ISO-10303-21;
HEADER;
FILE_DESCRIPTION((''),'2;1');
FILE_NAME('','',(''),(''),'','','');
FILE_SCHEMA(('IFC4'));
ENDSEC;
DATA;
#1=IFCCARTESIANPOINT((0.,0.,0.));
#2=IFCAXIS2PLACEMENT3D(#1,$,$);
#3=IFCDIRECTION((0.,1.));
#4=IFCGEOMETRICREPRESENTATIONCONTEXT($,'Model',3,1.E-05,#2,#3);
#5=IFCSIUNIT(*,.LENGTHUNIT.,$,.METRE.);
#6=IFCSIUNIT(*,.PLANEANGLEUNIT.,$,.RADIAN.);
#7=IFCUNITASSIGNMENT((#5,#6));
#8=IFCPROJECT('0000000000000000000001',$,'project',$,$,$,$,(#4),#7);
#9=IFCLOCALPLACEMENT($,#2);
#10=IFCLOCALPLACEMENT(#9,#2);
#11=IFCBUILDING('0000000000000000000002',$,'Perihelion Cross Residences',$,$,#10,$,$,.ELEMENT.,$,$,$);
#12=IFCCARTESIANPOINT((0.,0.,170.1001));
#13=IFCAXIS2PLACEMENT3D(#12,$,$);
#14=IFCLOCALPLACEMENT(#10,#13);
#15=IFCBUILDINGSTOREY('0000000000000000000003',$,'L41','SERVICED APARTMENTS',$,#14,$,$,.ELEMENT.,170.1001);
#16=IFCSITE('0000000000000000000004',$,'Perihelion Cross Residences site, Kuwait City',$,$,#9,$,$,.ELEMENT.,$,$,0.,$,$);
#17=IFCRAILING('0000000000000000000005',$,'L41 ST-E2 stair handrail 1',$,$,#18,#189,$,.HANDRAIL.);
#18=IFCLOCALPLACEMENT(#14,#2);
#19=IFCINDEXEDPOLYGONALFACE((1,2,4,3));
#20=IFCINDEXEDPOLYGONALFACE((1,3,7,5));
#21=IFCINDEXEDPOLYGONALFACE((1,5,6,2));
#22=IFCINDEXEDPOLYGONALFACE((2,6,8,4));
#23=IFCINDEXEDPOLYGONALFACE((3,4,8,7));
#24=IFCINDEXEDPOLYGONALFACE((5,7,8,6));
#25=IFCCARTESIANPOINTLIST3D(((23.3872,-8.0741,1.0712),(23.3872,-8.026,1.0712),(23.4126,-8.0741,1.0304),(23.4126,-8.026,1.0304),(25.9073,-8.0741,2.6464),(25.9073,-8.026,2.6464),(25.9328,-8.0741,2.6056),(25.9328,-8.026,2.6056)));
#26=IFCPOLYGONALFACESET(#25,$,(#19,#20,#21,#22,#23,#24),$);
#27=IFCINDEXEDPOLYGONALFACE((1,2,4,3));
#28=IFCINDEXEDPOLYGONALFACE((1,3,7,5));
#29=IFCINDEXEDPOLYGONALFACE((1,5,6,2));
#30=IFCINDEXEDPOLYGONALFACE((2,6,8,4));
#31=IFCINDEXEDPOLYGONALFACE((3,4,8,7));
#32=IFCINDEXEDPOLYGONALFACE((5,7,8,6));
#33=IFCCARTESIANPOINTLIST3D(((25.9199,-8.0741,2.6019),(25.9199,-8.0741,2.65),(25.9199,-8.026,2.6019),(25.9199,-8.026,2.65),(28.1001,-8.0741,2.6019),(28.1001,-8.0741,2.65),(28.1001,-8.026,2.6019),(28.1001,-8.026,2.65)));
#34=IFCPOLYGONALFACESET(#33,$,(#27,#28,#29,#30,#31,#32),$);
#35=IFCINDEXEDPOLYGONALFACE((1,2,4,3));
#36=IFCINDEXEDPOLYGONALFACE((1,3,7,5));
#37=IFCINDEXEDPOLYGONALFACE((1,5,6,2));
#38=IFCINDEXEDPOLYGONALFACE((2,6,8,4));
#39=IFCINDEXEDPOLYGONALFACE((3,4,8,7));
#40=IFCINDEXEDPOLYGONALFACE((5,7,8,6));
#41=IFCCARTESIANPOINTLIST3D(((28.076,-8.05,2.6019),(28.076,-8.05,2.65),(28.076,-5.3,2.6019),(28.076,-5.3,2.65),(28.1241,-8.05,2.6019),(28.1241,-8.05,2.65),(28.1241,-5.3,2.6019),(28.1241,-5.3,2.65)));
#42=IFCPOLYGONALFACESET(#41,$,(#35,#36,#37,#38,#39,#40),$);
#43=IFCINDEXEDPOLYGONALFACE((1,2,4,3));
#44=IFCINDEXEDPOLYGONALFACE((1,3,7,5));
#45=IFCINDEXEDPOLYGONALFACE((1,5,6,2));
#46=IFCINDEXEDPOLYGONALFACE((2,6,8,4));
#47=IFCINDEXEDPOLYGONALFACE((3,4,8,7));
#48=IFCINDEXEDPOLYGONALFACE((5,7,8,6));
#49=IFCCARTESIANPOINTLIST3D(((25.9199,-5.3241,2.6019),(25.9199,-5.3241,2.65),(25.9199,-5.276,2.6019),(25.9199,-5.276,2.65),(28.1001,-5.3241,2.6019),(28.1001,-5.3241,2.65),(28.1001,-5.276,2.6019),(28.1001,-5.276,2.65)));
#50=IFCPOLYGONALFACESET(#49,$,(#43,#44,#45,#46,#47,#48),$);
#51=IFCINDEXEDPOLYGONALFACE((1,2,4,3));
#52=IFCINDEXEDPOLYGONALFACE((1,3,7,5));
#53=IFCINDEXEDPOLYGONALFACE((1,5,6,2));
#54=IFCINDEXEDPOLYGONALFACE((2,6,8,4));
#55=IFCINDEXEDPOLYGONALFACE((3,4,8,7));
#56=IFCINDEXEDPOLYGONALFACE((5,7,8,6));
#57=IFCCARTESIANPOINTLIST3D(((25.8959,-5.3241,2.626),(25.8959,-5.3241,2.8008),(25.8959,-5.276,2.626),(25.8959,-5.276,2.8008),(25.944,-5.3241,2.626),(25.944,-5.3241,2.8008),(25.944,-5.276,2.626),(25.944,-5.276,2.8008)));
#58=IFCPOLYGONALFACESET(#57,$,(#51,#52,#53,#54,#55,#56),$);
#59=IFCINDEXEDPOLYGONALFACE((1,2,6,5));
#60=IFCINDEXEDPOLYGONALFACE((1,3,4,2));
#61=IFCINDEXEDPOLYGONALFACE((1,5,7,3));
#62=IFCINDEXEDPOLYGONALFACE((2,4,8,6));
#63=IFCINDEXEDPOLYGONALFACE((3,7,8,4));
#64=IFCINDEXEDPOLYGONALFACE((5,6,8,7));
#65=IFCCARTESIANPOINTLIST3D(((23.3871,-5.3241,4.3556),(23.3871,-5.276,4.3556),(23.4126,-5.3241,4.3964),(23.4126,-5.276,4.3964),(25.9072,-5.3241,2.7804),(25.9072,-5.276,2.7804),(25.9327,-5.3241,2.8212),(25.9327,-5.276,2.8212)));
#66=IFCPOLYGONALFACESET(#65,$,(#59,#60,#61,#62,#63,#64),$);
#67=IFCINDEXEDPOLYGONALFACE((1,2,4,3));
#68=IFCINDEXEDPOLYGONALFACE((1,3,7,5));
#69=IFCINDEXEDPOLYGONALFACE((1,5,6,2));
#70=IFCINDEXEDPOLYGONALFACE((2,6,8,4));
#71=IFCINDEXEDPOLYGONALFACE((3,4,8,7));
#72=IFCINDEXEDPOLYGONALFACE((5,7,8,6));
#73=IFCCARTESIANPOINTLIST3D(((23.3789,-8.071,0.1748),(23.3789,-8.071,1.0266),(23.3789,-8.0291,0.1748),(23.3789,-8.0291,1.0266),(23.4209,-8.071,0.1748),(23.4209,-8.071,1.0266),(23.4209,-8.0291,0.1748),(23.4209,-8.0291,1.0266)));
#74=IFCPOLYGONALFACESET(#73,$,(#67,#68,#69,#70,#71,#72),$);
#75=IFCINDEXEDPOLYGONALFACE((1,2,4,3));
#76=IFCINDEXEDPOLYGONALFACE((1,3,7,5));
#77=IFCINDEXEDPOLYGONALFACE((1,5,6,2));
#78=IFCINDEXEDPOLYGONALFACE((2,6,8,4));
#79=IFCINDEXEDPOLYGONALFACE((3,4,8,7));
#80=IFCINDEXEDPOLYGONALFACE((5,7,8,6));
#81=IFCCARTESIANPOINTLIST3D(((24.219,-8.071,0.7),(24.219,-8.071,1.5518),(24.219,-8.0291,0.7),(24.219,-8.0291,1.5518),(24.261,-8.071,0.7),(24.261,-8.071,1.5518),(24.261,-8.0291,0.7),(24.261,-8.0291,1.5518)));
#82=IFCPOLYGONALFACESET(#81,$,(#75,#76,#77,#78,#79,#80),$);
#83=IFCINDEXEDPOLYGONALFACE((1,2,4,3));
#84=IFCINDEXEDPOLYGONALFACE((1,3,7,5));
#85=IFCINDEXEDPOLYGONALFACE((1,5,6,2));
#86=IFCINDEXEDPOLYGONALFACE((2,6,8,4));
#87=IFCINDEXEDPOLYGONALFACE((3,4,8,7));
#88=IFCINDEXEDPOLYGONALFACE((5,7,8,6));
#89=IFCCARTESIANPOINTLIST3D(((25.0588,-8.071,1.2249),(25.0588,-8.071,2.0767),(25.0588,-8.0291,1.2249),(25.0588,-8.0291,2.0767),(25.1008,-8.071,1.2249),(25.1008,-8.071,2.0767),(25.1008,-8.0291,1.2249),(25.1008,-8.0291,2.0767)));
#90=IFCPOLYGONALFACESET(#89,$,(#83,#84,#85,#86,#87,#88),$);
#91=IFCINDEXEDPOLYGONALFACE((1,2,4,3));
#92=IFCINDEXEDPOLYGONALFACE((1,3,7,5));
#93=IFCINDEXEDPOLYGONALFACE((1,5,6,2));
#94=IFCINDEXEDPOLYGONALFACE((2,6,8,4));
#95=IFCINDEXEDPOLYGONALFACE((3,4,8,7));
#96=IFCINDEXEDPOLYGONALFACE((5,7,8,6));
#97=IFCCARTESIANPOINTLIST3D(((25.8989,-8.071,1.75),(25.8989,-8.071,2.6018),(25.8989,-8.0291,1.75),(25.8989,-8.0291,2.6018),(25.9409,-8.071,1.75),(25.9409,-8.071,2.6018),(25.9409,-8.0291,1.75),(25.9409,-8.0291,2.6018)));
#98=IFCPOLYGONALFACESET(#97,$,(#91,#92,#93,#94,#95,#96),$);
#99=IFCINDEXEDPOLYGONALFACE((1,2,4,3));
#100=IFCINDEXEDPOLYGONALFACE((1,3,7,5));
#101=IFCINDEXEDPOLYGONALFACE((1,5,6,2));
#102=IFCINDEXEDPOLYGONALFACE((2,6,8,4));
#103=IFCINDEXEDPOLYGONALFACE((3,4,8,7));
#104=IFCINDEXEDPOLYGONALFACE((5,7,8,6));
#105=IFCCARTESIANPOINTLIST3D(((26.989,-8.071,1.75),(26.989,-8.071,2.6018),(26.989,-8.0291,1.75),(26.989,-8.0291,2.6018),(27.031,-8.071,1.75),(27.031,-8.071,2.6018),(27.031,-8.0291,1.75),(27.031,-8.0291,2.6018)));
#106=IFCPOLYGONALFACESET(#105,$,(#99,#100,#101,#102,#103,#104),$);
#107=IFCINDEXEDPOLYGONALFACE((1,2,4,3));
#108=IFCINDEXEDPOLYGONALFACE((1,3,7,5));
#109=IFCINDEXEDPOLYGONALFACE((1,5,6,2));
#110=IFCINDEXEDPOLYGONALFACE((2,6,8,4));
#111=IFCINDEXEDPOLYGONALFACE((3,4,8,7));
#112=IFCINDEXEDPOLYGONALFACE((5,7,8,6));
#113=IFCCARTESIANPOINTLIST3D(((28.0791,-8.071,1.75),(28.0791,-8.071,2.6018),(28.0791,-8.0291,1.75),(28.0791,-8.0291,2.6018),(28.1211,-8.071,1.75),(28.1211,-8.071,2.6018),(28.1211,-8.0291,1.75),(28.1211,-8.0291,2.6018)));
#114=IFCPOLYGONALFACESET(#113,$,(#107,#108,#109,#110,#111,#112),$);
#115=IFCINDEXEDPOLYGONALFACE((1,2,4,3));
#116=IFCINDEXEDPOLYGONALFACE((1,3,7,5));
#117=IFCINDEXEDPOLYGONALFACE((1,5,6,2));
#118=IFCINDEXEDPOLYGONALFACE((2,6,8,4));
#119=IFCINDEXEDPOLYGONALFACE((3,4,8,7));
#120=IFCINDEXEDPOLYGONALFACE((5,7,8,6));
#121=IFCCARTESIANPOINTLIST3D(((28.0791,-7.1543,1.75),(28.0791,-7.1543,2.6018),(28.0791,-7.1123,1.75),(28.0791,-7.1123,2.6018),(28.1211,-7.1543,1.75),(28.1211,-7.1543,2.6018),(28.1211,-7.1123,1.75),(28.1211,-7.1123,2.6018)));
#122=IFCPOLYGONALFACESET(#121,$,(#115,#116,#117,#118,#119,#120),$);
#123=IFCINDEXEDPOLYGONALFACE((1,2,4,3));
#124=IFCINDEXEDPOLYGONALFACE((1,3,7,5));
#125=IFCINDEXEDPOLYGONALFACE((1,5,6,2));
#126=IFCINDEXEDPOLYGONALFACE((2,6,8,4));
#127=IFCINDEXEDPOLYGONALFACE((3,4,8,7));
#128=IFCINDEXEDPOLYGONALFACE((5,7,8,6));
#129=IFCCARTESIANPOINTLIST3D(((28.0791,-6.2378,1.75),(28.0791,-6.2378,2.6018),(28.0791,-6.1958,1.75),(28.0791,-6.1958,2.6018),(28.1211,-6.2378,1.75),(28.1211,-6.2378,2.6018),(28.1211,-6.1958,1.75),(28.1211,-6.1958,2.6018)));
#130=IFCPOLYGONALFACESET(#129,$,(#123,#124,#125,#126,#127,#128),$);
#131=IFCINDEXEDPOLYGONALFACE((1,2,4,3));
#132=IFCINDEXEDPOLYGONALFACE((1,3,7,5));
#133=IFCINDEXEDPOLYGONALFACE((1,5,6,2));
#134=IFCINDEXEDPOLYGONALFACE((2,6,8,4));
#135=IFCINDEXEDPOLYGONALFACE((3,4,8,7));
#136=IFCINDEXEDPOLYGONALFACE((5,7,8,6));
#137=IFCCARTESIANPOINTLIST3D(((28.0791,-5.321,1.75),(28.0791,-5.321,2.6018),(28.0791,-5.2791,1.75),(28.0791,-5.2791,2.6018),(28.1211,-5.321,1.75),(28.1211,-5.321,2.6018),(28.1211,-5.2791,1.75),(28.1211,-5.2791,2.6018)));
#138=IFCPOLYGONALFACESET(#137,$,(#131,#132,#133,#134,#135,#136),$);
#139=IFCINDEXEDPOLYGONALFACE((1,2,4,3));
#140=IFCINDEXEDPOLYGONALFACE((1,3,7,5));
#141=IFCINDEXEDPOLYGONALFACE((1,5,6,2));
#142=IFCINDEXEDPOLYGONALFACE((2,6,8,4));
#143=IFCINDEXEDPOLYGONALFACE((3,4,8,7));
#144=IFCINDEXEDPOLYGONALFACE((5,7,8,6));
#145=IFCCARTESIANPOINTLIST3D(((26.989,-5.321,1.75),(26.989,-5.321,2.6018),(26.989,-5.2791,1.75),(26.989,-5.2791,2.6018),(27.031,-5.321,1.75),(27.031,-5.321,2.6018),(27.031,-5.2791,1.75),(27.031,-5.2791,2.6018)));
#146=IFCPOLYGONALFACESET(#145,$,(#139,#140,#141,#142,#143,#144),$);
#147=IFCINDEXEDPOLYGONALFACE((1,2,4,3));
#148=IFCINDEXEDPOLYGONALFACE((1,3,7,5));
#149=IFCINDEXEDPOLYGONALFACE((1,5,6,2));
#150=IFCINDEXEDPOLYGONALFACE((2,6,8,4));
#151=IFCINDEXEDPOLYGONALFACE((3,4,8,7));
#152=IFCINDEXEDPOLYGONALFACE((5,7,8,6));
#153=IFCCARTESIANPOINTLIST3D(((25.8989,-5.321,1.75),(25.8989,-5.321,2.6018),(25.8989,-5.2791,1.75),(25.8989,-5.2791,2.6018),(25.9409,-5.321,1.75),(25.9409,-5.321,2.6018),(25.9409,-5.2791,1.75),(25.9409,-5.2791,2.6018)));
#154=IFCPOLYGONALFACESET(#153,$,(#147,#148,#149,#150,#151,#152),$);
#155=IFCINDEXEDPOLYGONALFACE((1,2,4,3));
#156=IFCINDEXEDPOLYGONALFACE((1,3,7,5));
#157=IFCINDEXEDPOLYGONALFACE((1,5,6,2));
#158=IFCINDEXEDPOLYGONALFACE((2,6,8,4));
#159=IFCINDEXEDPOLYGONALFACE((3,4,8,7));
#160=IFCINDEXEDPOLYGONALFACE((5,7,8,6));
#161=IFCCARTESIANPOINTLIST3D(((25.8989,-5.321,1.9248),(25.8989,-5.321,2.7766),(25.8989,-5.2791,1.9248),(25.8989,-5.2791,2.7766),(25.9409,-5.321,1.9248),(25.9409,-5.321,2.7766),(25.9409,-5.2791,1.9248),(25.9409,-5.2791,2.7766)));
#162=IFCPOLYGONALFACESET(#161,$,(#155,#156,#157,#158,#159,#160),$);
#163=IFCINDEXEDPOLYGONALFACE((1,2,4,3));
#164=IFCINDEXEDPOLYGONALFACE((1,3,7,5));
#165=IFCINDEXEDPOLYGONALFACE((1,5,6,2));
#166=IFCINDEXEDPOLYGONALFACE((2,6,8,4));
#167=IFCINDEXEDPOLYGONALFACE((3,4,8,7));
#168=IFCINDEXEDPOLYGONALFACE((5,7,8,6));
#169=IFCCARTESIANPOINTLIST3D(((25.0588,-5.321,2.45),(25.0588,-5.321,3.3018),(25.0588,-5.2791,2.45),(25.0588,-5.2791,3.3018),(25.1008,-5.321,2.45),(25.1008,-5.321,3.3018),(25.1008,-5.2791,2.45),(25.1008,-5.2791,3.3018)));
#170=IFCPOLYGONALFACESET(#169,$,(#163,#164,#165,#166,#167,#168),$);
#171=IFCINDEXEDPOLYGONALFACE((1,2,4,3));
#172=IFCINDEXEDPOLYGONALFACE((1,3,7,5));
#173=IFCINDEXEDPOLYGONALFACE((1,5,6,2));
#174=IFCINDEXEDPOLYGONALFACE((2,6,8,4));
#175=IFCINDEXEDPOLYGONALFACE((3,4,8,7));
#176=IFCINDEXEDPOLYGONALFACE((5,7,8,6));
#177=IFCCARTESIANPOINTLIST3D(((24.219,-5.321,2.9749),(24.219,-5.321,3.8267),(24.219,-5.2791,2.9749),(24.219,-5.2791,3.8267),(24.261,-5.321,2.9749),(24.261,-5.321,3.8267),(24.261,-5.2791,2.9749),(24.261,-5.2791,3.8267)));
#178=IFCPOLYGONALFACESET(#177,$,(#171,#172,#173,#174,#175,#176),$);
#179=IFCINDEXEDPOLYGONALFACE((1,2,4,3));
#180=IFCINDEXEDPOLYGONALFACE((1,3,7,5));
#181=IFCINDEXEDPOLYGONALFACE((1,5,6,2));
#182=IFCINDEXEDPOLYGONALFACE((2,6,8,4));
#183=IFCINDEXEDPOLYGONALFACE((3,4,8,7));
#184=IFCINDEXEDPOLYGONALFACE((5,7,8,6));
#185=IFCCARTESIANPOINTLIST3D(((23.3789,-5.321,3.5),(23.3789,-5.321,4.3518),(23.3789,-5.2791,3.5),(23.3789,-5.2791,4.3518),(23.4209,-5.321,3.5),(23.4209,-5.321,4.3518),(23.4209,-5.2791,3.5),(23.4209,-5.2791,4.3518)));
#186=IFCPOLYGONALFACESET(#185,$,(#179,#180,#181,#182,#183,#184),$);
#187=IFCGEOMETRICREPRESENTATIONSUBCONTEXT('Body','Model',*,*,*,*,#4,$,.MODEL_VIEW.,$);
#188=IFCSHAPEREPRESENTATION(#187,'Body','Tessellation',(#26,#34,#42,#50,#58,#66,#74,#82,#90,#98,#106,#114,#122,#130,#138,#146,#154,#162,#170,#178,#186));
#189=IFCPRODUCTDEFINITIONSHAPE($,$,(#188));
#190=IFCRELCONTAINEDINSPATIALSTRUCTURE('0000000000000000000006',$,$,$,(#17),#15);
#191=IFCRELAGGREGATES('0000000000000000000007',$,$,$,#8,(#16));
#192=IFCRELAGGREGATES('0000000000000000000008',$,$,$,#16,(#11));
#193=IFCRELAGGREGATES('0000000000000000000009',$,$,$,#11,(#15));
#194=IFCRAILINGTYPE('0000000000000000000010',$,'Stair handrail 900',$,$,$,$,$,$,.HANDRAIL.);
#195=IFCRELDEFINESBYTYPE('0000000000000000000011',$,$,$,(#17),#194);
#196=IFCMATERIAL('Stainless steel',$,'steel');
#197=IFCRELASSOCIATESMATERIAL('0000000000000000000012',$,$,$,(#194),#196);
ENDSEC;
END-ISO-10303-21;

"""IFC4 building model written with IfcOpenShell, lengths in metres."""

from ifc_helpers import new_model, si_unit, direction, frame, origin, origin_2d, place, context, subcontext, project, spatial, rectangle, extrude, material, type_object, element, save


model = new_model("IFC4")

# Units and contexts
model_context = context("Model", 3, precision=1e-05, world=origin(), true_north=direction((0.0, 1.0)))
body_context = subcontext(model_context, "Body", "Model", "MODEL_VIEW")
ifc_project = project(units=[si_unit("LENGTHUNIT", "METRE"), si_unit("PLANEANGLEUNIT", "RADIAN")], contexts=[model_context])

# Site, building, storey
site_placement = place(None, origin())
site = spatial("IfcSite", under=ifc_project, at=site_placement, Name="Perihelion Cross Residences site, Kuwait City", CompositionType="ELEMENT", RefElevation=0.0)
building_placement = place(site_placement, origin())
building = spatial("IfcBuilding", under=site, at=building_placement, Name="Perihelion Cross Residences", CompositionType="ELEMENT")
storey_placement = place(building_placement, frame((0.0, 0.0, 170.1001)))
storey = spatial("IfcBuildingStorey", under=building, at=storey_placement, Name="L41", Description="SERVICED APARTMENTS", CompositionType="ELEMENT", Elevation=170.1001)

# Railing
ifc_material_1 = material(Name="Stainless steel", Category="steel")
railing_type_1 = type_object("IfcRailingType", Name="Stair handrail 900", PredefinedType="HANDRAIL", material=ifc_material_1)
railing_1_placement = place(storey_placement, frame((23.3999, -8.05, 0.1748)))
element("IfcRailing", 1, at=railing_1_placement, inside=storey, type_object=railing_type_1, Name="L41 ST-E2 stair handrail 1", PredefinedType="HANDRAIL", context=body_context, shape_type="SweptSolid", body=[
    extrude(rectangle(XDim=0.0481, YDim=0.0481, at=origin_2d()), frame((0.0, 0.0, 0.876), z_axis=(0.847971, 0.0, 0.530043), x_axis=(0.0, 1.0, 0.0)), (0.0, 0.0, 1.0), 2.9719),
    extrude(rectangle(XDim=0.0481, YDim=0.0481, at=origin_2d()), frame((2.52, 0.0, 2.4512), z_axis=(1.0, 0.0, 0.0), x_axis=(0.0, 1.0, 0.0)), (0.0, 0.0, 1.0), 2.1802),
    extrude(rectangle(XDim=0.0481, YDim=0.0481, at=origin_2d()), frame((4.7002, 0.0, 2.4512), z_axis=(0.0, 1.0, 0.0), x_axis=(-1.0, 0.0, 0.0)), (0.0, 0.0, 1.0), 2.75),
    extrude(rectangle(XDim=0.0481, YDim=0.0481, at=origin_2d()), frame((4.7002, 2.75, 2.4512), z_axis=(-1.0, 0.0, 0.0), x_axis=(0.0, -1.0, 0.0)), (0.0, 0.0, 1.0), 2.1802),
    extrude(rectangle(XDim=0.0481, YDim=0.0481, at=origin_2d()), frame((2.52, 2.75, 2.4512), z_axis=(0.0, 0.0, 1.0), x_axis=(1.0, 0.0, 0.0)), (0.0, 0.0, 1.0), 0.1748),
    extrude(rectangle(XDim=0.0481, YDim=0.0481, at=origin_2d()), frame((2.52, 2.75, 2.626), z_axis=(-0.847971, 0.0, 0.530043), x_axis=(0.0, -1.0, 0.0)), (0.0, 0.0, 1.0), 2.9719),
    extrude(rectangle(XDim=0.042, YDim=0.042, at=origin_2d()), origin(), (0.0, 0.0, 1.0), 0.8518),
    extrude(rectangle(XDim=0.042, YDim=0.042, at=origin_2d()), frame((0.8401, 0.0, 0.5251)), (0.0, 0.0, 1.0), 0.8518),
    extrude(rectangle(XDim=0.042, YDim=0.042, at=origin_2d()), frame((1.6799, 0.0, 1.05)), (0.0, 0.0, 1.0), 0.8518),
    extrude(rectangle(XDim=0.042, YDim=0.042, at=origin_2d()), frame((2.52, 0.0, 1.5752)), (0.0, 0.0, 1.0), 0.8518),
    extrude(rectangle(XDim=0.042, YDim=0.042, at=origin_2d()), frame((3.6101, 0.0, 1.5752)), (0.0, 0.0, 1.0), 0.8518),
    extrude(rectangle(XDim=0.042, YDim=0.042, at=origin_2d()), frame((4.7002, 0.0, 1.5752)), (0.0, 0.0, 1.0), 0.8518),
    extrude(rectangle(XDim=0.042, YDim=0.042, at=origin_2d()), frame((4.7002, 0.9167, 1.5752)), (0.0, 0.0, 1.0), 0.8518),
    extrude(rectangle(XDim=0.042, YDim=0.042, at=origin_2d()), frame((4.7002, 1.8333, 1.5752)), (0.0, 0.0, 1.0), 0.8518),
    extrude(rectangle(XDim=0.042, YDim=0.042, at=origin_2d()), frame((4.7002, 2.75, 1.5752)), (0.0, 0.0, 1.0), 0.8518),
    extrude(rectangle(XDim=0.042, YDim=0.042, at=origin_2d()), frame((3.6101, 2.75, 1.5752)), (0.0, 0.0, 1.0), 0.8518),
    extrude(rectangle(XDim=0.042, YDim=0.042, at=origin_2d()), frame((2.52, 2.75, 1.5752)), (0.0, 0.0, 1.0), 0.8518),
    extrude(rectangle(XDim=0.042, YDim=0.042, at=origin_2d()), frame((2.52, 2.75, 1.75)), (0.0, 0.0, 1.0), 0.8518),
    extrude(rectangle(XDim=0.042, YDim=0.042, at=origin_2d()), frame((1.6799, 2.75, 2.2751)), (0.0, 0.0, 1.0), 0.8518),
    extrude(rectangle(XDim=0.042, YDim=0.042, at=origin_2d()), frame((0.8401, 2.75, 2.8)), (0.0, 0.0, 1.0), 0.8518),
    extrude(rectangle(XDim=0.042, YDim=0.042, at=origin_2d()), frame((0.0, 2.75, 3.3252)), (0.0, 0.0, 1.0), 0.8518),
])

save(model, "model.ifc")
